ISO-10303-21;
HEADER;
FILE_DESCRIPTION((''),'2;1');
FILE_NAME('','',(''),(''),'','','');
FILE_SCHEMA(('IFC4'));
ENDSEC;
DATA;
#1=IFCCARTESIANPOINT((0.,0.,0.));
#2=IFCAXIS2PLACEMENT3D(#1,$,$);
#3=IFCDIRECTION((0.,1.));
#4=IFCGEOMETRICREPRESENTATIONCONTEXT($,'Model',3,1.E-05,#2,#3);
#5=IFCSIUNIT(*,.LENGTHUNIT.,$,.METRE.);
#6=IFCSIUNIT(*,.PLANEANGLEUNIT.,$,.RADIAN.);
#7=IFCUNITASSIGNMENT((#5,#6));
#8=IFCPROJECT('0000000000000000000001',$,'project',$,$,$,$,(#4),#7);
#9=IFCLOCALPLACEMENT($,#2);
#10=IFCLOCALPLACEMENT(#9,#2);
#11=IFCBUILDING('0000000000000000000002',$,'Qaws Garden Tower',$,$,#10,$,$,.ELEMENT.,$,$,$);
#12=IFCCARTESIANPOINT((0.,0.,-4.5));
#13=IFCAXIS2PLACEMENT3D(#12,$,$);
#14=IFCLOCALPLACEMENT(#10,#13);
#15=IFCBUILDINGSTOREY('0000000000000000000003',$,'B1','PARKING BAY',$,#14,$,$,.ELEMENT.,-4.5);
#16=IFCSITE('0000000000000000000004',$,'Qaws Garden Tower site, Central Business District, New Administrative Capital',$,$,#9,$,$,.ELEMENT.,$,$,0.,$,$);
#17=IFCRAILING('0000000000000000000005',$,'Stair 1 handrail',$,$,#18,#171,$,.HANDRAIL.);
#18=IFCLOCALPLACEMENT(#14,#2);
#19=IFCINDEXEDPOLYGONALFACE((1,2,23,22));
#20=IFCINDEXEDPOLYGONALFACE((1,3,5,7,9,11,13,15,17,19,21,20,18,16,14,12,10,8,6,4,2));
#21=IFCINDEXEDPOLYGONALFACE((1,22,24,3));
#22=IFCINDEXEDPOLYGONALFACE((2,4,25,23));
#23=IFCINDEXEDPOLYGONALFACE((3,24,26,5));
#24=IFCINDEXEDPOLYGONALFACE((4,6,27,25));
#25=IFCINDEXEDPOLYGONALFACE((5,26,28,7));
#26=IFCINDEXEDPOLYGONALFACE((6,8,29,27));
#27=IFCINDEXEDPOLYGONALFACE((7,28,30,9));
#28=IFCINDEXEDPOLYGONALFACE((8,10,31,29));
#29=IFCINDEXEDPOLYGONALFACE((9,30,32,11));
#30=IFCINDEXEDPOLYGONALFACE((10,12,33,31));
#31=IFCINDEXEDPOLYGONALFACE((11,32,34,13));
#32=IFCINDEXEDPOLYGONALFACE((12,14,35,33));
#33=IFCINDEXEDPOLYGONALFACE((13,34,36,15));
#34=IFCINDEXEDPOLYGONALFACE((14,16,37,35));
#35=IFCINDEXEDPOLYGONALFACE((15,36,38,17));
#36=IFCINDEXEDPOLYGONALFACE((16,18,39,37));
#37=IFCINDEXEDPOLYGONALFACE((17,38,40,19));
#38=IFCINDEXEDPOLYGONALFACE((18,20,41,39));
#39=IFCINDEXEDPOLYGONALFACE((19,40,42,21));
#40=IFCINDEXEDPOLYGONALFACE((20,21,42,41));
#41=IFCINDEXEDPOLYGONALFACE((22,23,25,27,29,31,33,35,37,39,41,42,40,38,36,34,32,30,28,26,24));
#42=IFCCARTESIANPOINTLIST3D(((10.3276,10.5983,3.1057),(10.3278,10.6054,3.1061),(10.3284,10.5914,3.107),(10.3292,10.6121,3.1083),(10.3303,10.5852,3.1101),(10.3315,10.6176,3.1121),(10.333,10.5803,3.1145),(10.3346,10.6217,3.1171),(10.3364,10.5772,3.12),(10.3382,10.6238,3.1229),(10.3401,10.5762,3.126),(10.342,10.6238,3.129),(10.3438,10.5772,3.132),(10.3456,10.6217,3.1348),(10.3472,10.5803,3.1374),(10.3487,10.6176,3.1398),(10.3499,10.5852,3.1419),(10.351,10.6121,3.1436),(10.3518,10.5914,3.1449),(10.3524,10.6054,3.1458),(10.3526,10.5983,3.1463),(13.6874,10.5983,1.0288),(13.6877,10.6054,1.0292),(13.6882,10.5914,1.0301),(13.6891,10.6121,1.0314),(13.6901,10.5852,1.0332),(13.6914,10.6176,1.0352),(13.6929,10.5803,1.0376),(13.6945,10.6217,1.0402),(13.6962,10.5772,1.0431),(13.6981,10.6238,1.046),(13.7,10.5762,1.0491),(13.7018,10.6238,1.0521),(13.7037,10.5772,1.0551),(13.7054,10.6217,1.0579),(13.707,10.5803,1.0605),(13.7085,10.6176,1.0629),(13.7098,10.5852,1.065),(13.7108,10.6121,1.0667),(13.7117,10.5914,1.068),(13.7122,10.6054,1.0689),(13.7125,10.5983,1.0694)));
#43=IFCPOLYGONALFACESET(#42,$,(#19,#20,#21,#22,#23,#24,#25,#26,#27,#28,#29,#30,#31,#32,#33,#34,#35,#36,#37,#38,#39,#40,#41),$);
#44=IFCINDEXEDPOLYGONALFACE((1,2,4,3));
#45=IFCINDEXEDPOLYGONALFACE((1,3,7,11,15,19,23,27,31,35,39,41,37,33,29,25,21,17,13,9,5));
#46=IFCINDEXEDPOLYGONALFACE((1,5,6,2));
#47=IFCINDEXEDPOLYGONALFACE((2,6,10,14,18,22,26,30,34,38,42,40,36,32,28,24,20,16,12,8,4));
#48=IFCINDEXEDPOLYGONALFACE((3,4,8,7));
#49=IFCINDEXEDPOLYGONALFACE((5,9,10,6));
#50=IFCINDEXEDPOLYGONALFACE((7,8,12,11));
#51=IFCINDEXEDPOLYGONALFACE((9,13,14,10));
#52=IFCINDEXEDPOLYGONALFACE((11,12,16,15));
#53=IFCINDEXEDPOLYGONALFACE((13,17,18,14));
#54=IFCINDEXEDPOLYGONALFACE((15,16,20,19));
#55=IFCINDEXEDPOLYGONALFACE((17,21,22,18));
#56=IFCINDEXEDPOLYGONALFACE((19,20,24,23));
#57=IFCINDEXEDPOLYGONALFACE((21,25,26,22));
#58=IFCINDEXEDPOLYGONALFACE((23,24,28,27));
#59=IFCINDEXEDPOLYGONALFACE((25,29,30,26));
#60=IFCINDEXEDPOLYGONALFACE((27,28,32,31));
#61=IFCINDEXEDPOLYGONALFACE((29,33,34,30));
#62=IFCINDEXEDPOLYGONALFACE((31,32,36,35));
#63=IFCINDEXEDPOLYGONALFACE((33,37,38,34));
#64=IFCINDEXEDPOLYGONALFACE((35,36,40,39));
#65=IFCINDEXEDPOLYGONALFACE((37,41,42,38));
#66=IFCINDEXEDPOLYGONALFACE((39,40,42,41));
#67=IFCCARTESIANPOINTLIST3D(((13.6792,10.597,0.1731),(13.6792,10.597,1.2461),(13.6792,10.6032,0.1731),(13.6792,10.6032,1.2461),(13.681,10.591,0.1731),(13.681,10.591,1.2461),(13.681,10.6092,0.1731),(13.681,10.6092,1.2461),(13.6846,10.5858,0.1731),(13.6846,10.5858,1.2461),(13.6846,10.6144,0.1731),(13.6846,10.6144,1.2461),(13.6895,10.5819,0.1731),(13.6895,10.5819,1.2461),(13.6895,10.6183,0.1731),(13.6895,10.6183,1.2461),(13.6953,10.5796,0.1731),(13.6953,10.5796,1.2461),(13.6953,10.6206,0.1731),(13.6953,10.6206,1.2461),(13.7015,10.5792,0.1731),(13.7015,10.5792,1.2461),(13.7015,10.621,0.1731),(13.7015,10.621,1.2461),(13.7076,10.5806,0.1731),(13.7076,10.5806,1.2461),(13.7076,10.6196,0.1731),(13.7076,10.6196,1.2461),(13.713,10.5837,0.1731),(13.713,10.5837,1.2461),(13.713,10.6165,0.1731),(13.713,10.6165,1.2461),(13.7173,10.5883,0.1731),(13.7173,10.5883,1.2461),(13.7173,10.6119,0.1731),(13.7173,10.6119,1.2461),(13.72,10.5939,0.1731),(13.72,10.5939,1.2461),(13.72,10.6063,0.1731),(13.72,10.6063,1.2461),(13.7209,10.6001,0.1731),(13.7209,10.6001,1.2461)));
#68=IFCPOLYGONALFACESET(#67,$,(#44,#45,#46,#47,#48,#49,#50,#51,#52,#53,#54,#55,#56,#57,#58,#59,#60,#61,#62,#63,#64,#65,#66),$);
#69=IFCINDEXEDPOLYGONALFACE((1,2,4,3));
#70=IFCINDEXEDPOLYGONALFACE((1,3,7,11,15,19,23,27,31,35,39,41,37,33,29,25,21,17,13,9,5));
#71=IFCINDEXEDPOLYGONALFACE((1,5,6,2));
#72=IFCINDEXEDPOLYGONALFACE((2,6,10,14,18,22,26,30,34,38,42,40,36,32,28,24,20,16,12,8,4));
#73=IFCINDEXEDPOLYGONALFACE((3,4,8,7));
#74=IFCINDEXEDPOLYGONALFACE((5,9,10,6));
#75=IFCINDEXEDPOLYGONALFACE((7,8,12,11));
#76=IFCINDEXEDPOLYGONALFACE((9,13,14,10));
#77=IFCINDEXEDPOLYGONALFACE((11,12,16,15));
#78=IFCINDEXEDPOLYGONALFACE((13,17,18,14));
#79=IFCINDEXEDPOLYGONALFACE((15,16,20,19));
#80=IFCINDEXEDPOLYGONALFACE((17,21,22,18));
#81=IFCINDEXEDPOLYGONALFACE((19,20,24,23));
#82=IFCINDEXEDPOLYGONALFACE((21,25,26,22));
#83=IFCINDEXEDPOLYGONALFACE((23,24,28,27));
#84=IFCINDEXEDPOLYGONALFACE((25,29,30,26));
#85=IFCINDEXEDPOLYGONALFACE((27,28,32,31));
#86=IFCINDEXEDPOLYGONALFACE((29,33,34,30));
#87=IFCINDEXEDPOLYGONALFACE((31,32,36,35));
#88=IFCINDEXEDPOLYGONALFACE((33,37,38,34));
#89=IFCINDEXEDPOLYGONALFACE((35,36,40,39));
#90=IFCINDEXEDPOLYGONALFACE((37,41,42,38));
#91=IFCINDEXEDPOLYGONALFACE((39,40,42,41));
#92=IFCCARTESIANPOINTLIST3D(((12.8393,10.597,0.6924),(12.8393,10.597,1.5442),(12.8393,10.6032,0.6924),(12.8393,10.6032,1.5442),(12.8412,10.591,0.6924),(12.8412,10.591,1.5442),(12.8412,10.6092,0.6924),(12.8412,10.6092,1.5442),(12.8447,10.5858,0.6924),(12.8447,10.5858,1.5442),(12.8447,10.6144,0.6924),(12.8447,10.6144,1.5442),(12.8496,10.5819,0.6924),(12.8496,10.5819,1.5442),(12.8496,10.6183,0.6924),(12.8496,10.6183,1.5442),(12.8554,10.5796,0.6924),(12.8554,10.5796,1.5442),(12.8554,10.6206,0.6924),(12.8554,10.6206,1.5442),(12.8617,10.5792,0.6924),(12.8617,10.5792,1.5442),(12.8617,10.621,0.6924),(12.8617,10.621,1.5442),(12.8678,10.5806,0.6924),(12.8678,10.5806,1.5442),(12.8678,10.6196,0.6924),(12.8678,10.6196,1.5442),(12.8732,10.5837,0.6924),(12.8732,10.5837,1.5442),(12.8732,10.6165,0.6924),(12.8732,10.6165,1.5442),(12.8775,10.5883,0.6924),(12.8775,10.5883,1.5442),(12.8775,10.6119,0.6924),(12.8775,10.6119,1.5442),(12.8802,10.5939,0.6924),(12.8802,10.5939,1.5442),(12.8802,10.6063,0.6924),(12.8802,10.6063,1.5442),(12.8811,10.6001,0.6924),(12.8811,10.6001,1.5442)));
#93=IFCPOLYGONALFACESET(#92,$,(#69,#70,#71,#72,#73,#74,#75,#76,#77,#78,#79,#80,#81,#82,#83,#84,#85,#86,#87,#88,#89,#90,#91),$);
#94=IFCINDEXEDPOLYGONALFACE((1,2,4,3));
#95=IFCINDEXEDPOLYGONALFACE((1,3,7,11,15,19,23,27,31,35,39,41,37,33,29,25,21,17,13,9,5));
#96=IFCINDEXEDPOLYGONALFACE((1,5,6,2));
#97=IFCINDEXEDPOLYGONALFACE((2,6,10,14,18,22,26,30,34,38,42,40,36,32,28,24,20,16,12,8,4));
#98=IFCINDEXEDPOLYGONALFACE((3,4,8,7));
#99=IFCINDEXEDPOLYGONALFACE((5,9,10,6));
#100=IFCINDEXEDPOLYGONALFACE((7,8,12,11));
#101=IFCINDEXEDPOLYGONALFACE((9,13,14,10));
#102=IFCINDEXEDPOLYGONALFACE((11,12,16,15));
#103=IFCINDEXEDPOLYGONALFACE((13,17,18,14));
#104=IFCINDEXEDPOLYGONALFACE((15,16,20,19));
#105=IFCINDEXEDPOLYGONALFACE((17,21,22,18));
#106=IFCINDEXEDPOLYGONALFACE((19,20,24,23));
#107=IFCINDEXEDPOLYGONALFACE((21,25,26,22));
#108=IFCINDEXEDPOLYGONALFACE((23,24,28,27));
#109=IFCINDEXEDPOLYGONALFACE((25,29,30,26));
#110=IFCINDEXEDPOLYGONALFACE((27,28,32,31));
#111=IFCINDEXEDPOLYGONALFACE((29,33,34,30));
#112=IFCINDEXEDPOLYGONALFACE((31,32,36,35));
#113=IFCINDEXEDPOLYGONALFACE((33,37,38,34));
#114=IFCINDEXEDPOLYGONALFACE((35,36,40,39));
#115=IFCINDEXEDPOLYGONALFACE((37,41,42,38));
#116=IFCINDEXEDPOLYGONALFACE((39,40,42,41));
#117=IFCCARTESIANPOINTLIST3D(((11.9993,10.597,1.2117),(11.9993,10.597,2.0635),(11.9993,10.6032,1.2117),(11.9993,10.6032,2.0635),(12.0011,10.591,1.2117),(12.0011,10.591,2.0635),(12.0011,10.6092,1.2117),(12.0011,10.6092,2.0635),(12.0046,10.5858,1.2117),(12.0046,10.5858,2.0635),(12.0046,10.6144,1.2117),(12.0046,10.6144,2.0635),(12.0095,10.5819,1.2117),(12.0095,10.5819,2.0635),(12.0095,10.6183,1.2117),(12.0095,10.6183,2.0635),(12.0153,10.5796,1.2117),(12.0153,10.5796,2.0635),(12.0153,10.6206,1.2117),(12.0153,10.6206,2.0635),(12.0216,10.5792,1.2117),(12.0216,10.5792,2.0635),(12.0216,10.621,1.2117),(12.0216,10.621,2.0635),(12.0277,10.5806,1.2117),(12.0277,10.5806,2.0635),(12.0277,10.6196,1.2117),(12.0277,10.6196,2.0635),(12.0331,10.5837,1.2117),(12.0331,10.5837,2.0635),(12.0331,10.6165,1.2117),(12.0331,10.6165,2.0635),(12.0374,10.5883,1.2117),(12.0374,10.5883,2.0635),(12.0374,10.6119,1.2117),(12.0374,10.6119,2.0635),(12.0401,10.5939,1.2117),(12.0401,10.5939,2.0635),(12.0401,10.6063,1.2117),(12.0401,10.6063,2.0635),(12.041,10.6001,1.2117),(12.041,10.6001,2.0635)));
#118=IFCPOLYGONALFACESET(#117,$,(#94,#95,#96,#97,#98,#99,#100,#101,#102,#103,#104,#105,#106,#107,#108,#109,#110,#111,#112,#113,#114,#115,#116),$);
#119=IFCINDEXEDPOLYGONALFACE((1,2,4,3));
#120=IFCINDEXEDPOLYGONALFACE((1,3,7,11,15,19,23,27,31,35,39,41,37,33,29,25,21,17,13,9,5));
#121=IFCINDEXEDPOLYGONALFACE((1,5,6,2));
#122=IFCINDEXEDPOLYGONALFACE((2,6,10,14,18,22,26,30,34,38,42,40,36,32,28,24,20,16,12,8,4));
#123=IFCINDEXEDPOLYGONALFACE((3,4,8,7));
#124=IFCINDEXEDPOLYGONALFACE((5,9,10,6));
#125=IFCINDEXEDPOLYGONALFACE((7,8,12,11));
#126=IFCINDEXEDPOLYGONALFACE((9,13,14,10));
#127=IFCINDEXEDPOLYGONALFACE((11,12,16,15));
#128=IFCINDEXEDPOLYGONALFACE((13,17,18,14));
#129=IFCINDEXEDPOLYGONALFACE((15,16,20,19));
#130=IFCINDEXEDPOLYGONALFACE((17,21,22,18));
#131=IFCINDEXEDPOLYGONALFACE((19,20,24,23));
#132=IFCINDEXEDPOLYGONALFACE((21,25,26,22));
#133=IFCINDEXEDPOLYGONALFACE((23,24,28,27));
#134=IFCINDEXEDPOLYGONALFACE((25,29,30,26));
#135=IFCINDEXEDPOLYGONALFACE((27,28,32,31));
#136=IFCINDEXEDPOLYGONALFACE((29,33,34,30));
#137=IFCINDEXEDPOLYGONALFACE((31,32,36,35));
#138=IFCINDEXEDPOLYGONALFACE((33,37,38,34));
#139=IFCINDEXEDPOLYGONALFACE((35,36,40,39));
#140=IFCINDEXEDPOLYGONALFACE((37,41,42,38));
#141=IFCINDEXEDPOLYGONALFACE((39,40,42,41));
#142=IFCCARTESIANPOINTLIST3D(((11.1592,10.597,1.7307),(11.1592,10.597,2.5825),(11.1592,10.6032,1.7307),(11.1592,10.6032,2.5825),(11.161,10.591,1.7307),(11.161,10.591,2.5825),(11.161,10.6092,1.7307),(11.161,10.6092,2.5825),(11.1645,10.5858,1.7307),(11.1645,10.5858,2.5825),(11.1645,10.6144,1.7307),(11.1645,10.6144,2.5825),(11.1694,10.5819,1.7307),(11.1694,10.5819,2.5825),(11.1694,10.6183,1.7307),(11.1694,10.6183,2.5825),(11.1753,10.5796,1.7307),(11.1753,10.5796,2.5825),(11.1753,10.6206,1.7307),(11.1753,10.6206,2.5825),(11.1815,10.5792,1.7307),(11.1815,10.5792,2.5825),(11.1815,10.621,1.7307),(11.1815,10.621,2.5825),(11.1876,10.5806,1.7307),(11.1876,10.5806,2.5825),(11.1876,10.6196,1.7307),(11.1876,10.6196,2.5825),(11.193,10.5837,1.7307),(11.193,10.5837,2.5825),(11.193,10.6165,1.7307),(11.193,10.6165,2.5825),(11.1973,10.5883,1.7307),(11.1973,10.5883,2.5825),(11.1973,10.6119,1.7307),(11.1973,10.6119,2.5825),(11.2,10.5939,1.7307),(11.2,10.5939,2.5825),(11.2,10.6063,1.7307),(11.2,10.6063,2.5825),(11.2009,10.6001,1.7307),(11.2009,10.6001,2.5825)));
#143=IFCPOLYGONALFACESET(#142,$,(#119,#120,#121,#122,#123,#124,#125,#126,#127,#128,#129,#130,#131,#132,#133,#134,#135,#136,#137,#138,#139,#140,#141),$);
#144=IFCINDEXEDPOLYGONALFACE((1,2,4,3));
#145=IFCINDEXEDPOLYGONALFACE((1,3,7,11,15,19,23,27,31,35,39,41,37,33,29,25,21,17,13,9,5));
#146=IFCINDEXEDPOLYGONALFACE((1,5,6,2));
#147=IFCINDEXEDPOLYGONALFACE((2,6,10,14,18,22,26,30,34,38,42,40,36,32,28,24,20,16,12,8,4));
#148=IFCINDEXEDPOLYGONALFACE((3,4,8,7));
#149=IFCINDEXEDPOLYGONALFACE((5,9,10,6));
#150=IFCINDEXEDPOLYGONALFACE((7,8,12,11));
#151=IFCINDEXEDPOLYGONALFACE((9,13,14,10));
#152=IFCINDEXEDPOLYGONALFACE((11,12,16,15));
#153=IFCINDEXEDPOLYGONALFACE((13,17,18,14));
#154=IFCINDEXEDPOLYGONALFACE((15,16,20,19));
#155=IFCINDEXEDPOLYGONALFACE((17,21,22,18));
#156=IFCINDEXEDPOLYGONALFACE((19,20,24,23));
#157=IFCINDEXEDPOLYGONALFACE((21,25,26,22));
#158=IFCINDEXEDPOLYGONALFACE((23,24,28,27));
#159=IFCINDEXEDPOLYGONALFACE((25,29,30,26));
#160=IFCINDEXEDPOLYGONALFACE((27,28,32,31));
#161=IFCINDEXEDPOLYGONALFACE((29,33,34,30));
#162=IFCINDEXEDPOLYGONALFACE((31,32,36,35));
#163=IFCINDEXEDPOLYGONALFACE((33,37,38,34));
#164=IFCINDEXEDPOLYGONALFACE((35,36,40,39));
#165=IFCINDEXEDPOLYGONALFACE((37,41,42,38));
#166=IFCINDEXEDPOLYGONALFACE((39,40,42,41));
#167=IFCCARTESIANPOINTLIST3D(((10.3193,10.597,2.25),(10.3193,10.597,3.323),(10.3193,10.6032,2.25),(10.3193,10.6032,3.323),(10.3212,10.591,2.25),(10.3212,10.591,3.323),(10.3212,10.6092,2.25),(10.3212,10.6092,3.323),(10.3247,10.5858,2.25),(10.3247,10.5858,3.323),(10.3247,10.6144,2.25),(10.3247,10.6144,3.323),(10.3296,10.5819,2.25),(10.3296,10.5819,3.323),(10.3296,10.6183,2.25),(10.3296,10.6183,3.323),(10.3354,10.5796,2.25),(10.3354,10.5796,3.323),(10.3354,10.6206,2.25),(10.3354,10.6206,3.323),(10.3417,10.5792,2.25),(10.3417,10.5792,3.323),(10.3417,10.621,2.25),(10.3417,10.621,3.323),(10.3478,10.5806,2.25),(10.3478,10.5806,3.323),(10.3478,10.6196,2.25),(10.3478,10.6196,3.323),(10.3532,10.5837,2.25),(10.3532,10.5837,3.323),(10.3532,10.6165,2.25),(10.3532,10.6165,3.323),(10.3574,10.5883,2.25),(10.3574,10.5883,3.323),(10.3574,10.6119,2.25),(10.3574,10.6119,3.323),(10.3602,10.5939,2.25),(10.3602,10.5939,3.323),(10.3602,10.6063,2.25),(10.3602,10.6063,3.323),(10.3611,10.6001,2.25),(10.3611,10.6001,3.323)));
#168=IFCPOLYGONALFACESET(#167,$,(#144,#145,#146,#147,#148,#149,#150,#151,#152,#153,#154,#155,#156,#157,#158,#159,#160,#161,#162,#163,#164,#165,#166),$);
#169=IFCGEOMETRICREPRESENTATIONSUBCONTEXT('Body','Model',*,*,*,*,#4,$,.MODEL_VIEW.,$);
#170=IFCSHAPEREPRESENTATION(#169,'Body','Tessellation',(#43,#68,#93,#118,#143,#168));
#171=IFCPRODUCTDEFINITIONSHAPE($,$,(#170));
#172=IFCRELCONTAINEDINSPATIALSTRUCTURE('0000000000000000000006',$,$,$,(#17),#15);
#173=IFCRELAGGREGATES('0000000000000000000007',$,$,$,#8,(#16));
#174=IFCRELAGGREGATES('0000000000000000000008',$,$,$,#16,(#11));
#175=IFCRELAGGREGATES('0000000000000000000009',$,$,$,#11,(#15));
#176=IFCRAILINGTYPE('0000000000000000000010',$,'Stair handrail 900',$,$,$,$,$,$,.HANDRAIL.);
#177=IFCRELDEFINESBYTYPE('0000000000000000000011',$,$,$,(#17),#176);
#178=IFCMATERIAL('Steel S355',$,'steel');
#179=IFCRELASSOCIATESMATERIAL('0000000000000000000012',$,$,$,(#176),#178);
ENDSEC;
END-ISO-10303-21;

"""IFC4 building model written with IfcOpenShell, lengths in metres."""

from ifc_helpers import new_model, si_unit, direction, frame, origin, origin_2d, place, context, subcontext, project, spatial, circle, extrude, material, type_object, element, save


model = new_model("IFC4")

# Units and contexts
model_context = context("Model", 3, precision=1e-05, world=origin(), true_north=direction((0.0, 1.0)))
body_context = subcontext(model_context, "Body", "Model", "MODEL_VIEW")
ifc_project = project(units=[si_unit("LENGTHUNIT", "METRE"), si_unit("PLANEANGLEUNIT", "RADIAN")], contexts=[model_context])

# Site, building, storey
site_placement = place(None, origin())
site = spatial("IfcSite", under=ifc_project, at=site_placement, Name="Qaws Garden Tower site, Central Business District, New Administrative Capital", CompositionType="ELEMENT", RefElevation=0.0)
building_placement = place(site_placement, origin())
building = spatial("IfcBuilding", under=site, at=building_placement, Name="Qaws Garden Tower", CompositionType="ELEMENT")
storey_placement = place(building_placement, frame((0.0, 0.0, -4.5)))
storey = spatial("IfcBuildingStorey", under=building, at=storey_placement, Name="B1", Description="PARKING BAY", CompositionType="ELEMENT", Elevation=-4.5)

# Railing
ifc_material_1 = material(Name="Steel S355", Category="steel")
railing_type = type_object("IfcRailingType", Name="Stair handrail 900", PredefinedType="HANDRAIL", material=ifc_material_1)
railing_1_placement = place(storey_placement, frame((13.7, 10.6001, 0.1731)))
element("IfcRailing", 1, at=railing_1_placement, inside=storey, type_object=railing_type, Name="Stair 1 handrail", PredefinedType="HANDRAIL", context=body_context, shape_type="SweptSolid", body=[
    extrude(circle(Radius=0.0239, at=origin_2d()), frame((0.0, 0.0, 0.876), z_axis=(-0.850606, 0.0, 0.525803), x_axis=(0.0, -1.0, 0.0)), (0.0, 0.0, 1.0), 3.95),
    extrude(circle(Radius=0.021, at=origin_2d()), origin(), (0.0, 0.0, 1.0), 1.073),
    extrude(circle(Radius=0.021, at=origin_2d()), frame((-0.8398, 0.0, 0.5193)), (0.0, 0.0, 1.0), 0.8518),
    extrude(circle(Radius=0.021, at=origin_2d()), frame((-1.6799, 0.0, 1.0386)), (0.0, 0.0, 1.0), 0.8518),
    extrude(circle(Radius=0.021, at=origin_2d()), frame((-2.52, 0.0, 1.5576)), (0.0, 0.0, 1.0), 0.8518),
    extrude(circle(Radius=0.021, at=origin_2d()), frame((-3.3599, 0.0, 2.0769)), (0.0, 0.0, 1.0), 1.073),
])

save(model, "model.ifc")
